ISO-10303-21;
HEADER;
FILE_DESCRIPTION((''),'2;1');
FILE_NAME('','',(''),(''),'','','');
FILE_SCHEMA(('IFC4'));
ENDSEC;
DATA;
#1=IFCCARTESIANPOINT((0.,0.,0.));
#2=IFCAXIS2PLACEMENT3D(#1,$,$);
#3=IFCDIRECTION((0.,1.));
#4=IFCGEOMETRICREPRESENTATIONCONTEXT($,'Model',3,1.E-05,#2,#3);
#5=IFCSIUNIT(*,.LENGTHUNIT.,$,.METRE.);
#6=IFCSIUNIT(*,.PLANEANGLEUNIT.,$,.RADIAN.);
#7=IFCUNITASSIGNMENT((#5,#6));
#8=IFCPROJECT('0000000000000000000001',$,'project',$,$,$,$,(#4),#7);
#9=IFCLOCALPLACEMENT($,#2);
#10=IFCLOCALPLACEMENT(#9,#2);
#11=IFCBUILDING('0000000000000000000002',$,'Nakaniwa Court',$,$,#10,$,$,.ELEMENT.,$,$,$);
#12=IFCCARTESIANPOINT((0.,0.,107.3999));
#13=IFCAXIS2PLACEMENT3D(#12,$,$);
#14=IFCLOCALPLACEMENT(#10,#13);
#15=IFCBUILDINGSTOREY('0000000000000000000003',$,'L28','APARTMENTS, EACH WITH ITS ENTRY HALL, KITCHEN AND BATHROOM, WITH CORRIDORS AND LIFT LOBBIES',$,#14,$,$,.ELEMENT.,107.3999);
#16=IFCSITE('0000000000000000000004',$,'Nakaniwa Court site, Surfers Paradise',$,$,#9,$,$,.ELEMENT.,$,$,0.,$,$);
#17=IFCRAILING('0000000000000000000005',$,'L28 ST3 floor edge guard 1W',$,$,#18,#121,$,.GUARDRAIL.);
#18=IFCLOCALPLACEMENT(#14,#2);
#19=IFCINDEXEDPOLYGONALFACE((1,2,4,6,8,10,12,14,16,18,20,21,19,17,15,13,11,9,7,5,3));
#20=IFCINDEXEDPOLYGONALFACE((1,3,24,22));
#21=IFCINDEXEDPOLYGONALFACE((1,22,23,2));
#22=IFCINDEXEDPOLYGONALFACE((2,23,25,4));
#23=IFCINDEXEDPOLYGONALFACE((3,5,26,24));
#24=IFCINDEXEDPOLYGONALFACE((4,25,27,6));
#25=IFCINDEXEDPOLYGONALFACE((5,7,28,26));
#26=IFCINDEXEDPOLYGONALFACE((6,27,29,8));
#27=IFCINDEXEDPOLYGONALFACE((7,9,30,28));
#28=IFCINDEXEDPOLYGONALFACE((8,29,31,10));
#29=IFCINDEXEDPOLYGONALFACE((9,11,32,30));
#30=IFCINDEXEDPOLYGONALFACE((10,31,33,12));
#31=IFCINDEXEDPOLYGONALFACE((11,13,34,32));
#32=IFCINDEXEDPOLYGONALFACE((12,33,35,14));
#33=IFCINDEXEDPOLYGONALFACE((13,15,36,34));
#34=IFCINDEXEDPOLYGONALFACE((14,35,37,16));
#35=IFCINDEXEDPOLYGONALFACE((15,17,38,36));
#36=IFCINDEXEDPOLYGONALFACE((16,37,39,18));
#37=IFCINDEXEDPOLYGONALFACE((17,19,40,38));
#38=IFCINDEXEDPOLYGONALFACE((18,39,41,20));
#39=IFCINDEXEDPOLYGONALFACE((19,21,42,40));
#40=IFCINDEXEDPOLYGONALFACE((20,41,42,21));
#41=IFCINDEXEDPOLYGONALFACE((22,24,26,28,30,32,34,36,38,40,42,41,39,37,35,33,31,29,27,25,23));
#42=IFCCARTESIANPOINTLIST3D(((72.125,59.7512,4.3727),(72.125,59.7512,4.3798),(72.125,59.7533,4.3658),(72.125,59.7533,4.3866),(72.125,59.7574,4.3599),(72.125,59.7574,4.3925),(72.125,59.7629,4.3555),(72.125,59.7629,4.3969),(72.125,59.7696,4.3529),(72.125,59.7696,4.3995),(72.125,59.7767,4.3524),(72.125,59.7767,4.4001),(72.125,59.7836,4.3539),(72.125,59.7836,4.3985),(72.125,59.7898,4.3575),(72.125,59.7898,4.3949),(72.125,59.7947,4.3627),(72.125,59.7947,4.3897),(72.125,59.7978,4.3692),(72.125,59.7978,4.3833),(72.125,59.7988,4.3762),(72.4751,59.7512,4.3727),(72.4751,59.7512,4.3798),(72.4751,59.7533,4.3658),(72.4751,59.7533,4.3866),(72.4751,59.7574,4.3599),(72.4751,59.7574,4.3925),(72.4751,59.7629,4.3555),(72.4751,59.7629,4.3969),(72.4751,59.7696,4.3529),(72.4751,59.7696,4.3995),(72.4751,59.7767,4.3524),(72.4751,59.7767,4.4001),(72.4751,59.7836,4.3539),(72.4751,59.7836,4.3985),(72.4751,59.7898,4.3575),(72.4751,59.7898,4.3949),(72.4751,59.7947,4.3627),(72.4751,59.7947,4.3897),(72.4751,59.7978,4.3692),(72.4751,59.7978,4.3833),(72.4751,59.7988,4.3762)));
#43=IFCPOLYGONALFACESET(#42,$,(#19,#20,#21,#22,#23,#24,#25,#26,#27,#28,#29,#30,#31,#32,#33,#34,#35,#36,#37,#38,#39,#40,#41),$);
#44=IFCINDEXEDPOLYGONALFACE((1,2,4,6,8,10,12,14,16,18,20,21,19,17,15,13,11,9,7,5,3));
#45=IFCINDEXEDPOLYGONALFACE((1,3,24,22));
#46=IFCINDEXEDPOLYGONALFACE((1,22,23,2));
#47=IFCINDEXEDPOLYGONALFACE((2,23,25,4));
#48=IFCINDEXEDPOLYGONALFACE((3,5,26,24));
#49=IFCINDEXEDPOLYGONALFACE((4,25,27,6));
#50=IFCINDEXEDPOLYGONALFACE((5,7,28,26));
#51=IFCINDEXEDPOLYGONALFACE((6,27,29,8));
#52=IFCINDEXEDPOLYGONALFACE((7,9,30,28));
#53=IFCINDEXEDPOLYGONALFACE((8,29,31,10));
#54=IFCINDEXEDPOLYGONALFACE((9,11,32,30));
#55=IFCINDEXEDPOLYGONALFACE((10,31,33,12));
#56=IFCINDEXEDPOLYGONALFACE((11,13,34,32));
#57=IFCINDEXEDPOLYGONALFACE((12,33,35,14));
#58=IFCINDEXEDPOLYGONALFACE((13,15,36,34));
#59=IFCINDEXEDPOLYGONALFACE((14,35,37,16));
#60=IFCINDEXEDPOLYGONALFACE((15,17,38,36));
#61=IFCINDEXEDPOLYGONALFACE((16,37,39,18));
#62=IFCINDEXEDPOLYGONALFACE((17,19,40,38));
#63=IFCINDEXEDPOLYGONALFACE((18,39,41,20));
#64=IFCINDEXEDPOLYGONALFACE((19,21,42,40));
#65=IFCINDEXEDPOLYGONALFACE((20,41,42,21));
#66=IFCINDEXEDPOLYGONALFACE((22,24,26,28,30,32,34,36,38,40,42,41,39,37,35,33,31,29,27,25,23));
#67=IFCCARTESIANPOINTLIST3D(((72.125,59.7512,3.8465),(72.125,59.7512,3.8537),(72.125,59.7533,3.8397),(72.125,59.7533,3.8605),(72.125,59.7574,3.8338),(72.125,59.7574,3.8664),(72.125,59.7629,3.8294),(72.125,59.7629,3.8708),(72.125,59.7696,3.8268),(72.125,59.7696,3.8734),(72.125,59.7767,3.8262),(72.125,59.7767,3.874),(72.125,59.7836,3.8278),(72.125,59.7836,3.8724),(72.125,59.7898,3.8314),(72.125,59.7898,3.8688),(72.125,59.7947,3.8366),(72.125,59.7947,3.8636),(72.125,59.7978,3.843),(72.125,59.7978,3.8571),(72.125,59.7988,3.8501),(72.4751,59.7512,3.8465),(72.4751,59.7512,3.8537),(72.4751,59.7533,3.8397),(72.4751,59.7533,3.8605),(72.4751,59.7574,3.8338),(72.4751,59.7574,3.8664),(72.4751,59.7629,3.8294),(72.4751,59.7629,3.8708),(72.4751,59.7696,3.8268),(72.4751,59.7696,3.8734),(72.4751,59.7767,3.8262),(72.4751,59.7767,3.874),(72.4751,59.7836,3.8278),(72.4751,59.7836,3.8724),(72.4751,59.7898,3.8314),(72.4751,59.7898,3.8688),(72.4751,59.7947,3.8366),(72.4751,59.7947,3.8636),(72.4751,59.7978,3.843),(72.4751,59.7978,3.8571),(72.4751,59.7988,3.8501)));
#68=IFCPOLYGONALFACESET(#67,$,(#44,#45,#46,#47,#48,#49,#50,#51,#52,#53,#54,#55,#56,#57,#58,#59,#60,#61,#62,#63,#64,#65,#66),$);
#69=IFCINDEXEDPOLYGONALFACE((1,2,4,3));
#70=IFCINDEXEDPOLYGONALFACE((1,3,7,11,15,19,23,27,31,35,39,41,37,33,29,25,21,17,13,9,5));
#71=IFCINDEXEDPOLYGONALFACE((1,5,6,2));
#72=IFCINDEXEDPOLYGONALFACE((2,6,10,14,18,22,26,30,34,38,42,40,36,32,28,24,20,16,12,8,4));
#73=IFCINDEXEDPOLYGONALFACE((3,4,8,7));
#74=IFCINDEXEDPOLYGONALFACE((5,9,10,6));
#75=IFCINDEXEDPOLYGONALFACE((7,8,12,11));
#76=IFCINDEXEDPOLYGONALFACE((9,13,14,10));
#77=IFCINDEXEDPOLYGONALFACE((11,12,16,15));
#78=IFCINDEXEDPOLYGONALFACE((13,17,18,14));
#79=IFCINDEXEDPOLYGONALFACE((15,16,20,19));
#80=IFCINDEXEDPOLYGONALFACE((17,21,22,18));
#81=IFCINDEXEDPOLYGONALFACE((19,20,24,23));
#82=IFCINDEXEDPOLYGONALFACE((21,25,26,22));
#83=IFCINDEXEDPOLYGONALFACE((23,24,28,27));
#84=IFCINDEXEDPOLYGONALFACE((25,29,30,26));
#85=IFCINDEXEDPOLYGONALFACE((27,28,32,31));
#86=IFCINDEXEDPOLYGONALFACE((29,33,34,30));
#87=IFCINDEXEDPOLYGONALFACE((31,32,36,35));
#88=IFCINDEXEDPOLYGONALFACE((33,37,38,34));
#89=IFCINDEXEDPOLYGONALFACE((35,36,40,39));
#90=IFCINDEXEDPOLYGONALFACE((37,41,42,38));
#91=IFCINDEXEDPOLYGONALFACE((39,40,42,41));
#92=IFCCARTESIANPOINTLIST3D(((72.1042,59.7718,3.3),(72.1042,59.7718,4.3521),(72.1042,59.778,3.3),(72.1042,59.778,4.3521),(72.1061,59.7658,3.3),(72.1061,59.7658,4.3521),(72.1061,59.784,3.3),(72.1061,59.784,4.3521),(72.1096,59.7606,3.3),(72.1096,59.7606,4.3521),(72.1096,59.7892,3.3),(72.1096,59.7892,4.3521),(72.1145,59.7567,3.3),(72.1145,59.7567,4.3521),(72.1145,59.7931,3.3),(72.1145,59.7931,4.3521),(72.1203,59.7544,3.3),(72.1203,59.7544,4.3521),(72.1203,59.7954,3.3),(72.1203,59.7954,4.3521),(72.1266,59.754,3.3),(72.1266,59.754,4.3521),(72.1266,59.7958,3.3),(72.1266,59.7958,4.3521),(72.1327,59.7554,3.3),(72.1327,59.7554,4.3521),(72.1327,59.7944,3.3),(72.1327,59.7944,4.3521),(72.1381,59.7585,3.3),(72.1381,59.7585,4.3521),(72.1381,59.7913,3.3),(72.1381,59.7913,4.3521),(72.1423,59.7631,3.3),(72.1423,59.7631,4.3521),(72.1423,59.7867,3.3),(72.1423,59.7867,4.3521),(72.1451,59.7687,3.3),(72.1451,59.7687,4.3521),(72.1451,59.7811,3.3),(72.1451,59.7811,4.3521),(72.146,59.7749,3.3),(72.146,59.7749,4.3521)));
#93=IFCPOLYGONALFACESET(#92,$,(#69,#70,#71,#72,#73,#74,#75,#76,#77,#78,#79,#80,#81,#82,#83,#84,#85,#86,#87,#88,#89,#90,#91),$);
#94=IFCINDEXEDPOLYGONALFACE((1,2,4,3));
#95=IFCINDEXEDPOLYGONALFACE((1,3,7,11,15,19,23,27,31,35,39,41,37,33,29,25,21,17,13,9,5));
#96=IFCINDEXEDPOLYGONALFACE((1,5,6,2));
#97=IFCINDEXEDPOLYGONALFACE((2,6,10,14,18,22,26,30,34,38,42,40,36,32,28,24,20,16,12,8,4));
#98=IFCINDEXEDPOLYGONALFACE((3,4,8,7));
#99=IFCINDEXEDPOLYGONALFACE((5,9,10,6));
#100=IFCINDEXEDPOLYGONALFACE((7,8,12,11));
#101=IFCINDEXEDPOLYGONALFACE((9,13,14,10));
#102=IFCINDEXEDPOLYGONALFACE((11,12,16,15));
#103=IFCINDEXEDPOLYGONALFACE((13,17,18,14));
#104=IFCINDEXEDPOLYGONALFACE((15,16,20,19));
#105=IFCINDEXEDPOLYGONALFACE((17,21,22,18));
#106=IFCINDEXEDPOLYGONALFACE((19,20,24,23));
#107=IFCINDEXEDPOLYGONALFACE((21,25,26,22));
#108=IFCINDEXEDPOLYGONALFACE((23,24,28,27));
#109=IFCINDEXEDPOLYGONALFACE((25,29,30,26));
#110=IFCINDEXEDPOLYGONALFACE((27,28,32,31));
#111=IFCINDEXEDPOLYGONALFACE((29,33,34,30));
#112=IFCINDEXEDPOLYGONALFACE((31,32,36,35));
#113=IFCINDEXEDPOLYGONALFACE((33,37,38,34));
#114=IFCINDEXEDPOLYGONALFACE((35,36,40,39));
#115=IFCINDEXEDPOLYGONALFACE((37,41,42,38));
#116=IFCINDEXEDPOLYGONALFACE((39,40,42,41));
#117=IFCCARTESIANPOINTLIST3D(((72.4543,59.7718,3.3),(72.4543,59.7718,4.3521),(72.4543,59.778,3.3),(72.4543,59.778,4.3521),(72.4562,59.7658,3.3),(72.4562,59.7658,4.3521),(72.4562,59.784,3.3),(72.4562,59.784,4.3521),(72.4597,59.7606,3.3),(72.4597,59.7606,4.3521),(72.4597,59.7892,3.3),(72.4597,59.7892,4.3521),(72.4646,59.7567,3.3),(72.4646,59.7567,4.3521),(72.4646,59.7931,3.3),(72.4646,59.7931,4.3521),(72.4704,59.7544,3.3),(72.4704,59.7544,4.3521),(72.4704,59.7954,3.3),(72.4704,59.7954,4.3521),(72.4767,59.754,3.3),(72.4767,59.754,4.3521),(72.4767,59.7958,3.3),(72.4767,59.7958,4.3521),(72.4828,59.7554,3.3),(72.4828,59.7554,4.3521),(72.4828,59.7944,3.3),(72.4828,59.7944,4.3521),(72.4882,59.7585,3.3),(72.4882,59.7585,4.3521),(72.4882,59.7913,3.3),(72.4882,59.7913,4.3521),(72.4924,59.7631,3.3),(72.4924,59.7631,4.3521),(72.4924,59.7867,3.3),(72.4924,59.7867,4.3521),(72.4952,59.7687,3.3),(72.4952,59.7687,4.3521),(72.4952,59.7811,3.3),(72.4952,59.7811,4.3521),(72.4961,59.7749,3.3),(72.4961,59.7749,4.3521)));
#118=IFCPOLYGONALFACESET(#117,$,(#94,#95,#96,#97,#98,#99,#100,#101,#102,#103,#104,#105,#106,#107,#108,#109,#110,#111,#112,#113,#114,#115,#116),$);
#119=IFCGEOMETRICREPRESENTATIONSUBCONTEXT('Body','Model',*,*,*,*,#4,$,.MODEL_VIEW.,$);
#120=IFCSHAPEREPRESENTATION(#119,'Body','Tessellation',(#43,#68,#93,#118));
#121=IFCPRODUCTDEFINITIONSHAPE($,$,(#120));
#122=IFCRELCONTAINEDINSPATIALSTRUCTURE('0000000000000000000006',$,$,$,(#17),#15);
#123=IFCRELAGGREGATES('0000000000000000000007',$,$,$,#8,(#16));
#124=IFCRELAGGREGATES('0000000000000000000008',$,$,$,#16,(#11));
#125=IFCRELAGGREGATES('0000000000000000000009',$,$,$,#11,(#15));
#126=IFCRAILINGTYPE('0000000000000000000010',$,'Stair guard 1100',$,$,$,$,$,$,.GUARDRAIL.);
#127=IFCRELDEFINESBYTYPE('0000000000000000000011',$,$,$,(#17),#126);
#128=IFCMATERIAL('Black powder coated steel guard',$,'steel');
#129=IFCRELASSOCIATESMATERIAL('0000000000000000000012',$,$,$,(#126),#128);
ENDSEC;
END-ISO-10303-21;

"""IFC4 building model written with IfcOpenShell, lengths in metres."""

from ifc_helpers import new_model, si_unit, direction, frame, origin, origin_2d, place, context, subcontext, project, spatial, circle, extrude, material, type_object, element, save


model = new_model("IFC4")

# Units and contexts
model_context = context("Model", 3, precision=1e-05, world=origin(), true_north=direction((0.0, 1.0)))
body_context = subcontext(model_context, "Body", "Model", "MODEL_VIEW")
ifc_project = project(units=[si_unit("LENGTHUNIT", "METRE"), si_unit("PLANEANGLEUNIT", "RADIAN")], contexts=[model_context])

# Site, building, storey
site_placement = place(None, origin())
site = spatial("IfcSite", under=ifc_project, at=site_placement, Name="Nakaniwa Court site, Surfers Paradise", CompositionType="ELEMENT", RefElevation=0.0)
building_placement = place(site_placement, origin())
building = spatial("IfcBuilding", under=site, at=building_placement, Name="Nakaniwa Court", CompositionType="ELEMENT")
storey_placement = place(building_placement, frame((0.0, 0.0, 107.3999)))
storey = spatial("IfcBuildingStorey", under=building, at=storey_placement, Name="L28", Description="APARTMENTS, EACH WITH ITS ENTRY HALL, KITCHEN AND BATHROOM, WITH CORRIDORS AND LIFT LOBBIES", CompositionType="ELEMENT", Elevation=107.3999)

# Railing
ifc_material_1 = material(Name="Black powder coated steel guard", Category="steel")
railing_type_1 = type_object("IfcRailingType", Name="Stair guard 1100", PredefinedType="GUARDRAIL", material=ifc_material_1)
for number, where, name in (
    (1, (72.125, 59.7749, 3.3), "L28 ST3 floor edge guard 1W"),
):
    element("IfcRailing", number, at=place(storey_placement, frame(where)), inside=storey, type_object=railing_type_1, Name=name, PredefinedType="GUARDRAIL", context=body_context, shape_type="SweptSolid", body=[
        extrude(circle(Radius=0.0239, at=origin_2d()), frame((0.0, 0.0, 1.0762), z_axis=(1.0, 0.0, 0.0), x_axis=(0.0, 1.0, 0.0)), (0.0, 0.0, 1.0), 0.3501),
        extrude(circle(Radius=0.0239, at=origin_2d()), frame((0.0, 0.0, 0.55), z_axis=(1.0, 0.0, 0.0), x_axis=(0.0, 1.0, 0.0)), (0.0, 0.0, 1.0), 0.3501),
        extrude(circle(Radius=0.021, at=origin_2d()), origin(), (0.0, 0.0, 1.0), 1.052),
        extrude(circle(Radius=0.021, at=origin_2d()), frame((0.3501, 0.0, 0.0)), (0.0, 0.0, 1.0), 1.052),
    ])

save(model, "model.ifc")
